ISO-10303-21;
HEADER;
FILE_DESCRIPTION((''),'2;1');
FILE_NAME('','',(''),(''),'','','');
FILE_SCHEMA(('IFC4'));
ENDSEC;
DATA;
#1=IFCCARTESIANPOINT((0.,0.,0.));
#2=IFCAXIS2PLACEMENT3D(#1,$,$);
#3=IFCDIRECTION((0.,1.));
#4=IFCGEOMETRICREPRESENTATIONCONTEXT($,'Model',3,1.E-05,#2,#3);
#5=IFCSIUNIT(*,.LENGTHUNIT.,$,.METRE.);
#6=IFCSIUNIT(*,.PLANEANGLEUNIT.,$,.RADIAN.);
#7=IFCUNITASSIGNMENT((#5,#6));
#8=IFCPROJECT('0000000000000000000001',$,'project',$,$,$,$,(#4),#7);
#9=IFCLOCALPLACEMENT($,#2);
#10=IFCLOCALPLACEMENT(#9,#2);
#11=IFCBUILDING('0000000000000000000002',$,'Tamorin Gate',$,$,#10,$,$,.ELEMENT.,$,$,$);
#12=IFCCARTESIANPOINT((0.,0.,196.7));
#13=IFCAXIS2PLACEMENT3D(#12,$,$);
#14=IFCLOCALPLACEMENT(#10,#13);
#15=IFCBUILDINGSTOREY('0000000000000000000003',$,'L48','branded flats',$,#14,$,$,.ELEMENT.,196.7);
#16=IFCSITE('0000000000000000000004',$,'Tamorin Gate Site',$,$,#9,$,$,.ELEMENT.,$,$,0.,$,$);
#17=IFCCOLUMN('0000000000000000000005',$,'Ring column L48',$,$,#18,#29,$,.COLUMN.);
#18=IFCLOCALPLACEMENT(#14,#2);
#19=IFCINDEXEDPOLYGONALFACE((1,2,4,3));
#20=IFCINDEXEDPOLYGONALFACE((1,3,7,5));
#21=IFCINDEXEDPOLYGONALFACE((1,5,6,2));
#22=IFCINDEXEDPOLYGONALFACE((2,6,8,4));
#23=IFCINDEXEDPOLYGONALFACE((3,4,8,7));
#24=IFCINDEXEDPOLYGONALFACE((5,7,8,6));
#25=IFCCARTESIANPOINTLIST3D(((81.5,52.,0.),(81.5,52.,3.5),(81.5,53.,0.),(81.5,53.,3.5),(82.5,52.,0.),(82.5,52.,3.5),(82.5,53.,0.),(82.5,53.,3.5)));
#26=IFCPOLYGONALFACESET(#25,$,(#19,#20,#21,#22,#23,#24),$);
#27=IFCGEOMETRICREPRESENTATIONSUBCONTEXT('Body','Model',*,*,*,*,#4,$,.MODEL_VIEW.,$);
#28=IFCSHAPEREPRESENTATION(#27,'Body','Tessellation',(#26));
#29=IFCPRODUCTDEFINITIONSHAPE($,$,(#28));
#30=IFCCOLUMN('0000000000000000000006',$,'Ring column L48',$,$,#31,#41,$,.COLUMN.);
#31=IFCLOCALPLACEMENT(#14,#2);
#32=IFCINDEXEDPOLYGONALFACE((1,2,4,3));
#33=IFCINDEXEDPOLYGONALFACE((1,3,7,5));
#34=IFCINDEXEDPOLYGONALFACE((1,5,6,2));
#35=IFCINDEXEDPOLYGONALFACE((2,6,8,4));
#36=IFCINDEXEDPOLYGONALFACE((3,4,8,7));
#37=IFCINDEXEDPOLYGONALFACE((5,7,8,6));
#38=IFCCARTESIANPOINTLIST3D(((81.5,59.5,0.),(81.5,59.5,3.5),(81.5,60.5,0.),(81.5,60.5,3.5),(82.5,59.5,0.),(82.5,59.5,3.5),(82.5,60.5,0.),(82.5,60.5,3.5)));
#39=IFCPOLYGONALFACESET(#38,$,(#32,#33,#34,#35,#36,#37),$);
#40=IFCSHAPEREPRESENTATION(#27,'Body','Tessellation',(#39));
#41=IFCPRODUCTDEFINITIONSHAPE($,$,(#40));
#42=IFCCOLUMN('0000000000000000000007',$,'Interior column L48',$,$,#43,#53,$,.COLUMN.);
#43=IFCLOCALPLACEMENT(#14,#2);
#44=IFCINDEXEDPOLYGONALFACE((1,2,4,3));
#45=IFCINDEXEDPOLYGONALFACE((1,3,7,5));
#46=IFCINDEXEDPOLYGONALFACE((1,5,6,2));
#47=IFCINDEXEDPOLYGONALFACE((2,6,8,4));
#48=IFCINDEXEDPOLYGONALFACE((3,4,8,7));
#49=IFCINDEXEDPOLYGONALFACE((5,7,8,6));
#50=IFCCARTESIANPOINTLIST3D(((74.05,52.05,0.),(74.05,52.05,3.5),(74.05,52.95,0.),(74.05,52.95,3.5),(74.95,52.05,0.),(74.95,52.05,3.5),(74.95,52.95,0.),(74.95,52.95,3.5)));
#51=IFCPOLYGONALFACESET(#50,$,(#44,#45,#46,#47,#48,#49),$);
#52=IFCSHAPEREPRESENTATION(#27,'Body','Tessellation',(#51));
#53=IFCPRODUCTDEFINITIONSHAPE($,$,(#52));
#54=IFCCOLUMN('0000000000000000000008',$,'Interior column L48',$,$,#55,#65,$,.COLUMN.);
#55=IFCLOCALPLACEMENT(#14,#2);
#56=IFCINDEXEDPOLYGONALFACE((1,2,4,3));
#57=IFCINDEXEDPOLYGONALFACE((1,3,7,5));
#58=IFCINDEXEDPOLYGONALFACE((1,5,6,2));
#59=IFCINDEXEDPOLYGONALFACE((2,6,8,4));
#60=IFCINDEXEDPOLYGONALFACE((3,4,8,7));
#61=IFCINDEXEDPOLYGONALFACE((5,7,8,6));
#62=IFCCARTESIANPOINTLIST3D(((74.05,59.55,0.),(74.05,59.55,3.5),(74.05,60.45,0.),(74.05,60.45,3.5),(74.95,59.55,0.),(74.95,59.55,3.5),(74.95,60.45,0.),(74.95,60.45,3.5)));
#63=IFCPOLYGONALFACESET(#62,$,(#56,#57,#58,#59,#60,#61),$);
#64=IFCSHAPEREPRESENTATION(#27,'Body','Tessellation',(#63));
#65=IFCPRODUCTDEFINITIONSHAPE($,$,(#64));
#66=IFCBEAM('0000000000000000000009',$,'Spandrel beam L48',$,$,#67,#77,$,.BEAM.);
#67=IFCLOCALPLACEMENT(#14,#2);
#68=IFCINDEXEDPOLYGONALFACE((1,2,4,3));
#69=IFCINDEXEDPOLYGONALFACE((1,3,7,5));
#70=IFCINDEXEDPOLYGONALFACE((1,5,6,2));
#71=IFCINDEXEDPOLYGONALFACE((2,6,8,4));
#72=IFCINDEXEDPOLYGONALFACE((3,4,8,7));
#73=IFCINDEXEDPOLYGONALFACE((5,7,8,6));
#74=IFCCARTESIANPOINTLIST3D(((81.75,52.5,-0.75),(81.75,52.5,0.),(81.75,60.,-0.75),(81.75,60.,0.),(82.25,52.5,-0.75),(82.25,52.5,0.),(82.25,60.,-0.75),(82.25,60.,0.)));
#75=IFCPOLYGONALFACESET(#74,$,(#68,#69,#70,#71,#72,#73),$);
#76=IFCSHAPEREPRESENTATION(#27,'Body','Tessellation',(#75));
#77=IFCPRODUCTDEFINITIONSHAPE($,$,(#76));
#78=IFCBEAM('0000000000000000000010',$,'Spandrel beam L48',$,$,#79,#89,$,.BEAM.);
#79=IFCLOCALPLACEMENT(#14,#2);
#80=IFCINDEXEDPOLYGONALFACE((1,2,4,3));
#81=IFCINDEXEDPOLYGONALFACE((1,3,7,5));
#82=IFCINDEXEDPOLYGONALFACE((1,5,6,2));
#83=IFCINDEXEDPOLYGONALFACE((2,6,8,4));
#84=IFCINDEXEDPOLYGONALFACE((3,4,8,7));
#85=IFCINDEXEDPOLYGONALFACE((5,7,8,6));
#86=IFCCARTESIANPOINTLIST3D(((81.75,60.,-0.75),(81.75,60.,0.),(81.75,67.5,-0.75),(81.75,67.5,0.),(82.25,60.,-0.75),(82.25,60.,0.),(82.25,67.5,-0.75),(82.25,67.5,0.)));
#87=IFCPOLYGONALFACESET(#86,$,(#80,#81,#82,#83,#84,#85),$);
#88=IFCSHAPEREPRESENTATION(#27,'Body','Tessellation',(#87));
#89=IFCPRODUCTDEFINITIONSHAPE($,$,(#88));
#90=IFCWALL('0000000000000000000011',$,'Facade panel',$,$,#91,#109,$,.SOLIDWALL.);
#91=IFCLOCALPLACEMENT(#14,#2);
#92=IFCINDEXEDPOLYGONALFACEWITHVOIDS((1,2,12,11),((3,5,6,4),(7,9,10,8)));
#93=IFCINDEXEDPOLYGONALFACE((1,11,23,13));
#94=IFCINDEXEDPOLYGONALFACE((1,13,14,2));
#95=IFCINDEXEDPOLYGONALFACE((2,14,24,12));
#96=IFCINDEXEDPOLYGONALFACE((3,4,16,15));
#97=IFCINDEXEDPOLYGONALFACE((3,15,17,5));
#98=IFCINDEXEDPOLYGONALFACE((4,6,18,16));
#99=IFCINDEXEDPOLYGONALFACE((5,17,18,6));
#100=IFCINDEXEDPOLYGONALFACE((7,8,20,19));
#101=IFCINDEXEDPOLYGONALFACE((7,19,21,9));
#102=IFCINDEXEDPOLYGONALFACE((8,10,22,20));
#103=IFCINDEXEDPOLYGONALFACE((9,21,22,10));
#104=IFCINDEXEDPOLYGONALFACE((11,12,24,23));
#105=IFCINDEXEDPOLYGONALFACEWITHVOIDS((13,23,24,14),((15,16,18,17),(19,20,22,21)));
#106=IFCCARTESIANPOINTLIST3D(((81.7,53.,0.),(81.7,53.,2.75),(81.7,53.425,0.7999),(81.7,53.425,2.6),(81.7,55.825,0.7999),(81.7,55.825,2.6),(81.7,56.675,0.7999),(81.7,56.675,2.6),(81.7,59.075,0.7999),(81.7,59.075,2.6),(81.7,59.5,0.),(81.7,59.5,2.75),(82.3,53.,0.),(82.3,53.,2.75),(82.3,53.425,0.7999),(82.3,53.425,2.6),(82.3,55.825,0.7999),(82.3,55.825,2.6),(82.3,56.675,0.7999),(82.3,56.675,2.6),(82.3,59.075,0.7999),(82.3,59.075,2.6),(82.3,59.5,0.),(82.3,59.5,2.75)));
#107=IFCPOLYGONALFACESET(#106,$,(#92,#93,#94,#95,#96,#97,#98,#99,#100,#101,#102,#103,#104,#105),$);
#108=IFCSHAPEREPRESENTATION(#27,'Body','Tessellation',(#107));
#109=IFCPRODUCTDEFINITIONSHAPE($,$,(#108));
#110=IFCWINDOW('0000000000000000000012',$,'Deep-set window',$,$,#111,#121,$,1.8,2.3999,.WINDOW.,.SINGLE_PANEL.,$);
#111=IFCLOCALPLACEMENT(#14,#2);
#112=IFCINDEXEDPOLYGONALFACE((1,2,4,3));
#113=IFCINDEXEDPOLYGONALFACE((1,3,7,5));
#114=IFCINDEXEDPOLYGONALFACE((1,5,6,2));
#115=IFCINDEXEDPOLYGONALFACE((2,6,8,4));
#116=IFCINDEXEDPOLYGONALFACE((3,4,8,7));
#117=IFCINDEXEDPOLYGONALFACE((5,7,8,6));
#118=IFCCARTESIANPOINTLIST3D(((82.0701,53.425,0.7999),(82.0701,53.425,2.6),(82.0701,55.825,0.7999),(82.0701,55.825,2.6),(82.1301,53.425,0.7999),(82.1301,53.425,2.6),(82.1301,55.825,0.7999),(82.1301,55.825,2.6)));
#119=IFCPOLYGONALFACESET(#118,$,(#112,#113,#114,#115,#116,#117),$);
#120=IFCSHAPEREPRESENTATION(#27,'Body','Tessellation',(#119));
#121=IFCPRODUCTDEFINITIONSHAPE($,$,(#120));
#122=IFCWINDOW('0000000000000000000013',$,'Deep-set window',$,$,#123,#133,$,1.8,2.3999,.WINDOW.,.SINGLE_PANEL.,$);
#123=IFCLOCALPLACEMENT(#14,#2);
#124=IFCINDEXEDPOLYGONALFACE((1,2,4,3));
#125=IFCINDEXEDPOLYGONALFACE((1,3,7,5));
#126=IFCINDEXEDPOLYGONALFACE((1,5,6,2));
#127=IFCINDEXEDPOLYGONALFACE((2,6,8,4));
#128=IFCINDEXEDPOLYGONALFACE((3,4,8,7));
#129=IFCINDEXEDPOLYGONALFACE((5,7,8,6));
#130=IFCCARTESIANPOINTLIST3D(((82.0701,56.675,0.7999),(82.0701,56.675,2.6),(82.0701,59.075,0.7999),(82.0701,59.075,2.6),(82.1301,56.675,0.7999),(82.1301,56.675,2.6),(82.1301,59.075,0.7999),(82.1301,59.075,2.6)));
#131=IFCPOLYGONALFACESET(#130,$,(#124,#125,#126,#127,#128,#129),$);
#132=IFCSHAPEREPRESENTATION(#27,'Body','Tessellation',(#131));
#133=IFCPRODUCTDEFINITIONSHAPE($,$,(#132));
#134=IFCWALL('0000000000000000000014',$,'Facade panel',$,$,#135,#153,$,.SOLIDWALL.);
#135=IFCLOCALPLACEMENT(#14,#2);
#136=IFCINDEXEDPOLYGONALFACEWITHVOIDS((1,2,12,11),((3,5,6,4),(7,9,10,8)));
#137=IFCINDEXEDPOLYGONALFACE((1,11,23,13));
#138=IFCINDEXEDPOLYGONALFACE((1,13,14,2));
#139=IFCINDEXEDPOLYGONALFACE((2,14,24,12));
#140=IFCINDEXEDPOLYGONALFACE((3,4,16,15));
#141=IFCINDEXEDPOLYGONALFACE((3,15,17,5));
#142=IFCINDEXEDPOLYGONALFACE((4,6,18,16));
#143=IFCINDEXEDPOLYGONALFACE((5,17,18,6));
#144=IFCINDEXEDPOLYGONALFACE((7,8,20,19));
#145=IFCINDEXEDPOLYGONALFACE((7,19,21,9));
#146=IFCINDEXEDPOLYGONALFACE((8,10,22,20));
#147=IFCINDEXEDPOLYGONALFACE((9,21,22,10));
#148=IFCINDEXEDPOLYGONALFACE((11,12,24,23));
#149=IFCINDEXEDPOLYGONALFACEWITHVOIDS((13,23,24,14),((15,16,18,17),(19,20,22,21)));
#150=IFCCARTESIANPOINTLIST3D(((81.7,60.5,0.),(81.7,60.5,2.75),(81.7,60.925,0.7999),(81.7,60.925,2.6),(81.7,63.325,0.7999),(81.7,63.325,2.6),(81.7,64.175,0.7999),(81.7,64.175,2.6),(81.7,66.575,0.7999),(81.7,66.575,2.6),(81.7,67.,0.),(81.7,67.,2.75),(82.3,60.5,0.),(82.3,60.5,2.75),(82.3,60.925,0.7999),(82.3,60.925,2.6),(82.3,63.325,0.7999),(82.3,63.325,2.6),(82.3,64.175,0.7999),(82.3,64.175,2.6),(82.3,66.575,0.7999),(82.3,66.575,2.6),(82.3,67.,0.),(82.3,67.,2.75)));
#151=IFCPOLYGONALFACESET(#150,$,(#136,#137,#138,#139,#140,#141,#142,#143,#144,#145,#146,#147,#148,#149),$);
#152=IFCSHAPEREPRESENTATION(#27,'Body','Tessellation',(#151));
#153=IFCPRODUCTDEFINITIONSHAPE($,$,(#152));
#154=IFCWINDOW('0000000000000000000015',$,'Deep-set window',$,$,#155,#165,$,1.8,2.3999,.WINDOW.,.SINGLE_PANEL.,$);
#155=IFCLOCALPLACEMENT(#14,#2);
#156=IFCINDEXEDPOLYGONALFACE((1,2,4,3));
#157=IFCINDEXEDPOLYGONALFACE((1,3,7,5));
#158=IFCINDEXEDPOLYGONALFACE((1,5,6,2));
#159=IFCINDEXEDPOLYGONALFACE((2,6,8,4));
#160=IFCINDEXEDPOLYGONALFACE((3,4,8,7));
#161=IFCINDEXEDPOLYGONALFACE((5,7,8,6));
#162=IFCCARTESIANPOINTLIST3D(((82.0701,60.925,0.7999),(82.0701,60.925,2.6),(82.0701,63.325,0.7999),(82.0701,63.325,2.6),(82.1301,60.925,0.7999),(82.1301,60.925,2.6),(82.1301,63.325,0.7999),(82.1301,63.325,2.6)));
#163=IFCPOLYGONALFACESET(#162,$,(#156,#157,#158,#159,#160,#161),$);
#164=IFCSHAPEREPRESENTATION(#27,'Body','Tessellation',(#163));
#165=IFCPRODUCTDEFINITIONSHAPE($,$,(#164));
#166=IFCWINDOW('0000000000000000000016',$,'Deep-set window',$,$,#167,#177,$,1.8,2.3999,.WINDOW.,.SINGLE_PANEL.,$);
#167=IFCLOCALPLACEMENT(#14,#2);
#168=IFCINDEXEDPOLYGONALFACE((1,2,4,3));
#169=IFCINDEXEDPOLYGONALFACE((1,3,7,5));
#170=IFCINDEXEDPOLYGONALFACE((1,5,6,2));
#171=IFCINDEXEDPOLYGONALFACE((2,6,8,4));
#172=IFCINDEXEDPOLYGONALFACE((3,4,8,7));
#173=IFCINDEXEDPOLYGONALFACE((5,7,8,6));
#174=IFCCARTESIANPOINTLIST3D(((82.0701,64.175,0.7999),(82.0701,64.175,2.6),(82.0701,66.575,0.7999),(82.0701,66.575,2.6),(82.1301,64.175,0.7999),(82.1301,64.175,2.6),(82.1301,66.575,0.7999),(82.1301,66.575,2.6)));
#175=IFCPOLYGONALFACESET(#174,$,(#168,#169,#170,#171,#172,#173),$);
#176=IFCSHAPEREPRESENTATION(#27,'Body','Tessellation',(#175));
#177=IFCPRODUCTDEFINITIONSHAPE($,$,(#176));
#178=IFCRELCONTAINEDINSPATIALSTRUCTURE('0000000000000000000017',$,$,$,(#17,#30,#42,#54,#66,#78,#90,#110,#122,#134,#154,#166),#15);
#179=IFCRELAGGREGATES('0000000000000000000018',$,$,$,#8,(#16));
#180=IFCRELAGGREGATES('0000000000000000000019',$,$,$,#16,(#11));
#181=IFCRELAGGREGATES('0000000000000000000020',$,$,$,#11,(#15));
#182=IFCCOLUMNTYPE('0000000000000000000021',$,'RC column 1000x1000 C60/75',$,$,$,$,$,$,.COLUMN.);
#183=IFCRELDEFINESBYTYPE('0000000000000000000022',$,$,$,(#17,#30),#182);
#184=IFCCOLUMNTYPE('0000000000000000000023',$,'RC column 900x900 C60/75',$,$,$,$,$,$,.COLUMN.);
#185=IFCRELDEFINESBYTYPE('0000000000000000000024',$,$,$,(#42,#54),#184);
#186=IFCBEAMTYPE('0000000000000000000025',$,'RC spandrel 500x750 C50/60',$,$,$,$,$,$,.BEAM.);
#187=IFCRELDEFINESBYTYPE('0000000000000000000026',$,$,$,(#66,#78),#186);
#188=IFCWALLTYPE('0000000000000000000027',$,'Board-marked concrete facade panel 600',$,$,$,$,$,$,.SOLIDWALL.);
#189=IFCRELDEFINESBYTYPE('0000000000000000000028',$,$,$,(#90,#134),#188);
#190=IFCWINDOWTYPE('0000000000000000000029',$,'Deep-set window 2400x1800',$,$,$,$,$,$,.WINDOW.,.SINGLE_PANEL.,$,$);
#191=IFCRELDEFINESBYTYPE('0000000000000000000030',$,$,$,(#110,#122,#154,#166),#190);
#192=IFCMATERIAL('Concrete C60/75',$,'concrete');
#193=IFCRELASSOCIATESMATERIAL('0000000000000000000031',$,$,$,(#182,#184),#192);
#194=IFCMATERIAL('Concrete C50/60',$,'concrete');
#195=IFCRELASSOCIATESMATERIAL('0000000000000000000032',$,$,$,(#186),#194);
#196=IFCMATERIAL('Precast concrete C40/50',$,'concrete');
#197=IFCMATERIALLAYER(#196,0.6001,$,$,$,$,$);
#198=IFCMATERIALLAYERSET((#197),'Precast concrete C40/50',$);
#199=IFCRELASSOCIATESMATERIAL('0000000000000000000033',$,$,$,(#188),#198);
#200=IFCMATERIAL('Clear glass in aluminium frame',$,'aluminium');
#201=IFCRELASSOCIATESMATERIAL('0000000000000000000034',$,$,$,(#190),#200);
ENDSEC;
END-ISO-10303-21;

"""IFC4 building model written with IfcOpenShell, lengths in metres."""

from ifc_helpers import new_model, si_unit, direction, frame, frame_2d, origin, origin_2d, place, context, subcontext, project, spatial, rectangle, extrude, material, layer, layer_set, material_profile, profile_set, type_object, element, fill, save


model = new_model("IFC4")

# Units and contexts
model_context = context("Model", 3, precision=1e-05, world=origin(), true_north=direction((0.0, 1.0)))
body_context = subcontext(model_context, "Body", "Model", "MODEL_VIEW")
ifc_project = project(units=[si_unit("LENGTHUNIT", "METRE"), si_unit("PLANEANGLEUNIT", "RADIAN")], contexts=[model_context])

# Site, building, storey
site_placement = place(None, origin())
site = spatial("IfcSite", under=ifc_project, at=site_placement, Name="Tamorin Gate Site", CompositionType="ELEMENT", RefElevation=0.0)
building_placement = place(site_placement, origin())
building = spatial("IfcBuilding", under=site, at=building_placement, Name="Tamorin Gate", CompositionType="ELEMENT")
storey_placement = place(building_placement, frame((0.0, 0.0, 196.7)))
storey = spatial("IfcBuildingStorey", under=building, at=storey_placement, Name="L48", Description="branded flats", CompositionType="ELEMENT", Elevation=196.7)

# Columns
ifc_material_1 = material(Name="Concrete C60/75", Category="concrete")
ifc_material_profile_1 = material_profile(ifc_material_1, rectangle(XDim=1.0, YDim=1.0, at=origin_2d()), Name="RC 1000x1000")
ifc_profile_set_1 = profile_set([ifc_material_profile_1], Name="Concrete C60/75")
column_type_1 = type_object("IfcColumnType", Name="RC column 1000x1000 C60/75", PredefinedType="COLUMN", material=ifc_profile_set_1)
for number, where, z_axis, x_axis, name in (
    (1, (82.0, 52.5, 0.0), (0.0, 0.0, 1.0), (1.0, 0.0, 0.0), "Ring column L48"),
    (2, (82.0, 60.0, 0.0), (0.0, 0.0, 1.0), (1.0, 0.0, 0.0), "Ring column L48"),
):
    element("IfcColumn", number, at=place(storey_placement, frame(where, z_axis=z_axis, x_axis=x_axis)), inside=storey, type_object=column_type_1, Name=name, PredefinedType="COLUMN", context=body_context, shape_type="SweptSolid", body=[
        extrude(rectangle(XDim=1.0, YDim=1.0, at=origin_2d()), origin(), (0.0, 0.0, 1.0), 3.5),
    ])
ifc_material_profile_2 = material_profile(ifc_material_1, rectangle(XDim=0.8999, YDim=0.8999, at=origin_2d()), Name="RC 900x900")
ifc_profile_set_2 = profile_set([ifc_material_profile_2], Name="Concrete C60/75")
column_type_2 = type_object("IfcColumnType", Name="RC column 900x900 C60/75", PredefinedType="COLUMN", material=ifc_profile_set_2)
for number, where, z_axis, x_axis, name in (
    (3, (74.5, 52.5, 0.0), (0.0, 0.0, 1.0), (1.0, 0.0, 0.0), "Interior column L48"),
    (4, (74.5, 60.0, 0.0), (0.0, 0.0, 1.0), (1.0, 0.0, 0.0), "Interior column L48"),
):
    element("IfcColumn", number, at=place(storey_placement, frame(where, z_axis=z_axis, x_axis=x_axis)), inside=storey, type_object=column_type_2, Name=name, PredefinedType="COLUMN", context=body_context, shape_type="SweptSolid", body=[
        extrude(rectangle(XDim=0.8999, YDim=0.8999, at=origin_2d()), origin(), (0.0, 0.0, 1.0), 3.5),
    ])

# Beams
ifc_material_2 = material(Name="Concrete C50/60", Category="concrete")
ifc_material_profile_3 = material_profile(ifc_material_2, rectangle(XDim=0.5, YDim=0.75, at=origin_2d()), Name="RC 500x750")
ifc_profile_set_3 = profile_set([ifc_material_profile_3], Name="Concrete C50/60")
beam_type = type_object("IfcBeamType", Name="RC spandrel 500x750 C50/60", PredefinedType="BEAM", material=ifc_profile_set_3)
for number, where, z_axis, x_axis, name in (
    (5, (82.0, 52.5, -0.375), (0.0, 1.0, 0.0), (-1.0, 0.0, 0.0), "Spandrel beam L48"),
    (6, (82.0, 60.0, -0.375), (0.0, 1.0, 0.0), (-1.0, 0.0, 0.0), "Spandrel beam L48"),
):
    element("IfcBeam", number, at=place(storey_placement, frame(where, z_axis=z_axis, x_axis=x_axis)), inside=storey, type_object=beam_type, Name=name, PredefinedType="BEAM", context=body_context, shape_type="SweptSolid", body=[
        extrude(rectangle(XDim=0.5, YDim=0.75, at=origin_2d()), origin(), (0.0, 0.0, 1.0), 7.5),
    ])

# Walls, openings, windows
ifc_material_3 = material(Name="Precast concrete C40/50", Category="concrete")
ifc_layer_1 = layer(ifc_material_3, 0.6001)
ifc_layer_set_1 = layer_set([ifc_layer_1], Name="Precast concrete C40/50")
wall_type_1 = type_object("IfcWallType", Name="Board-marked concrete facade panel 600", PredefinedType="SOLIDWALL", material=ifc_layer_set_1)
wall_1_placement = place(storey_placement, frame((82.0, 53.0, 0.0), z_axis=(0.0, 0.0, 1.0), x_axis=(0.0, 1.0, 0.0)))
wall_1 = element("IfcWall", 7, at=wall_1_placement, inside=storey, type_object=wall_type_1, Name="Facade panel", PredefinedType="SOLIDWALL", context=body_context, shape_type="SweptSolid", body=[
    extrude(rectangle(XDim=6.5, YDim=0.6001, at=frame_2d((3.25, 0.0))), origin(), (0.0, 0.0, 1.0), 2.75),
])
opening_1_placement = place(wall_1_placement, frame((0.425, 0.0, 0.8)))
opening_1 = element("IfcOpeningElement", 8, at=opening_1_placement, cuts=wall_1, PredefinedType="OPENING", context=body_context, shape_type="SweptSolid", body=[
    extrude(rectangle(XDim=2.3999, YDim=1.8, at=frame_2d((1.2, 0.8999))), frame((0.0, 0.3101, 0.0), z_axis=(0.0, -1.0, 0.0), x_axis=(1.0, 0.0, 0.0)), (0.0, 0.0, 1.0), 0.6201),
])
opening_2_placement = place(wall_1_placement, frame((3.675, 0.0, 0.8)))
opening_2 = element("IfcOpeningElement", 9, at=opening_2_placement, cuts=wall_1, PredefinedType="OPENING", context=body_context, shape_type="SweptSolid", body=[
    extrude(rectangle(XDim=2.3999, YDim=1.8, at=frame_2d((1.2, 0.8999))), frame((0.0, 0.3101, 0.0), z_axis=(0.0, -1.0, 0.0), x_axis=(1.0, 0.0, 0.0)), (0.0, 0.0, 1.0), 0.6201),
])
ifc_material_4 = material(Name="Clear glass in aluminium frame", Category="aluminium")
window_type = type_object("IfcWindowType", Name="Deep-set window 2400x1800", PartitioningType="SINGLE_PANEL", PredefinedType="WINDOW", material=ifc_material_4)
window_1_placement = place(opening_1_placement, origin())
window_1 = element("IfcWindow", 10, at=window_1_placement, inside=storey, type_object=window_type, Name="Deep-set window", OverallHeight=1.8, OverallWidth=2.3999, PartitioningType="SINGLE_PANEL", PredefinedType="WINDOW", context=body_context, shape_type="SweptSolid", body=[
    extrude(rectangle(XDim=2.3999, YDim=1.8, at=frame_2d((1.2, 0.8999))), frame((0.0, -0.0701, 0.0), z_axis=(0.0, -1.0, 0.0), x_axis=(1.0, 0.0, 0.0)), (0.0, 0.0, 1.0), 0.0601),
])
fill(opening_1, window_1)
window_2_placement = place(opening_2_placement, origin())
window_2 = element("IfcWindow", 11, at=window_2_placement, inside=storey, type_object=window_type, Name="Deep-set window", OverallHeight=1.8, OverallWidth=2.3999, PartitioningType="SINGLE_PANEL", PredefinedType="WINDOW", context=body_context, shape_type="SweptSolid", body=[
    extrude(rectangle(XDim=2.3999, YDim=1.8, at=frame_2d((1.2, 0.8999))), frame((0.0, -0.0701, 0.0), z_axis=(0.0, -1.0, 0.0), x_axis=(1.0, 0.0, 0.0)), (0.0, 0.0, 1.0), 0.0601),
])
fill(opening_2, window_2)
wall_2_placement = place(storey_placement, frame((82.0, 60.5, 0.0), z_axis=(0.0, 0.0, 1.0), x_axis=(0.0, 1.0, 0.0)))
wall_2 = element("IfcWall", 12, at=wall_2_placement, inside=storey, type_object=wall_type_1, Name="Facade panel", PredefinedType="SOLIDWALL", context=body_context, shape_type="SweptSolid", body=[
    extrude(rectangle(XDim=6.5, YDim=0.6001, at=frame_2d((3.25, 0.0))), origin(), (0.0, 0.0, 1.0), 2.75),
])
opening_3_placement = place(wall_2_placement, frame((0.425, 0.0, 0.8)))
opening_3 = element("IfcOpeningElement", 13, at=opening_3_placement, cuts=wall_2, PredefinedType="OPENING", context=body_context, shape_type="SweptSolid", body=[
    extrude(rectangle(XDim=2.3999, YDim=1.8, at=frame_2d((1.2, 0.8999))), frame((0.0, 0.3101, 0.0), z_axis=(0.0, -1.0, 0.0), x_axis=(1.0, 0.0, 0.0)), (0.0, 0.0, 1.0), 0.6201),
])
opening_4_placement = place(wall_2_placement, frame((3.675, 0.0, 0.8)))
opening_4 = element("IfcOpeningElement", 14, at=opening_4_placement, cuts=wall_2, PredefinedType="OPENING", context=body_context, shape_type="SweptSolid", body=[
    extrude(rectangle(XDim=2.3999, YDim=1.8, at=frame_2d((1.2, 0.8999))), frame((0.0, 0.3101, 0.0), z_axis=(0.0, -1.0, 0.0), x_axis=(1.0, 0.0, 0.0)), (0.0, 0.0, 1.0), 0.6201),
])
window_3_placement = place(opening_3_placement, origin())
window_3 = element("IfcWindow", 15, at=window_3_placement, inside=storey, type_object=window_type, Name="Deep-set window", OverallHeight=1.8, OverallWidth=2.3999, PartitioningType="SINGLE_PANEL", PredefinedType="WINDOW", context=body_context, shape_type="SweptSolid", body=[
    extrude(rectangle(XDim=2.3999, YDim=1.8, at=frame_2d((1.2, 0.8999))), frame((0.0, -0.0701, 0.0), z_axis=(0.0, -1.0, 0.0), x_axis=(1.0, 0.0, 0.0)), (0.0, 0.0, 1.0), 0.0601),
])
fill(opening_3, window_3)
window_4_placement = place(opening_4_placement, origin())
window_4 = element("IfcWindow", 16, at=window_4_placement, inside=storey, type_object=window_type, Name="Deep-set window", OverallHeight=1.8, OverallWidth=2.3999, PartitioningType="SINGLE_PANEL", PredefinedType="WINDOW", context=body_context, shape_type="SweptSolid", body=[
    extrude(rectangle(XDim=2.3999, YDim=1.8, at=frame_2d((1.2, 0.8999))), frame((0.0, -0.0701, 0.0), z_axis=(0.0, -1.0, 0.0), x_axis=(1.0, 0.0, 0.0)), (0.0, 0.0, 1.0), 0.0601),
])
fill(opening_4, window_4)

save(model, "model.ifc")
